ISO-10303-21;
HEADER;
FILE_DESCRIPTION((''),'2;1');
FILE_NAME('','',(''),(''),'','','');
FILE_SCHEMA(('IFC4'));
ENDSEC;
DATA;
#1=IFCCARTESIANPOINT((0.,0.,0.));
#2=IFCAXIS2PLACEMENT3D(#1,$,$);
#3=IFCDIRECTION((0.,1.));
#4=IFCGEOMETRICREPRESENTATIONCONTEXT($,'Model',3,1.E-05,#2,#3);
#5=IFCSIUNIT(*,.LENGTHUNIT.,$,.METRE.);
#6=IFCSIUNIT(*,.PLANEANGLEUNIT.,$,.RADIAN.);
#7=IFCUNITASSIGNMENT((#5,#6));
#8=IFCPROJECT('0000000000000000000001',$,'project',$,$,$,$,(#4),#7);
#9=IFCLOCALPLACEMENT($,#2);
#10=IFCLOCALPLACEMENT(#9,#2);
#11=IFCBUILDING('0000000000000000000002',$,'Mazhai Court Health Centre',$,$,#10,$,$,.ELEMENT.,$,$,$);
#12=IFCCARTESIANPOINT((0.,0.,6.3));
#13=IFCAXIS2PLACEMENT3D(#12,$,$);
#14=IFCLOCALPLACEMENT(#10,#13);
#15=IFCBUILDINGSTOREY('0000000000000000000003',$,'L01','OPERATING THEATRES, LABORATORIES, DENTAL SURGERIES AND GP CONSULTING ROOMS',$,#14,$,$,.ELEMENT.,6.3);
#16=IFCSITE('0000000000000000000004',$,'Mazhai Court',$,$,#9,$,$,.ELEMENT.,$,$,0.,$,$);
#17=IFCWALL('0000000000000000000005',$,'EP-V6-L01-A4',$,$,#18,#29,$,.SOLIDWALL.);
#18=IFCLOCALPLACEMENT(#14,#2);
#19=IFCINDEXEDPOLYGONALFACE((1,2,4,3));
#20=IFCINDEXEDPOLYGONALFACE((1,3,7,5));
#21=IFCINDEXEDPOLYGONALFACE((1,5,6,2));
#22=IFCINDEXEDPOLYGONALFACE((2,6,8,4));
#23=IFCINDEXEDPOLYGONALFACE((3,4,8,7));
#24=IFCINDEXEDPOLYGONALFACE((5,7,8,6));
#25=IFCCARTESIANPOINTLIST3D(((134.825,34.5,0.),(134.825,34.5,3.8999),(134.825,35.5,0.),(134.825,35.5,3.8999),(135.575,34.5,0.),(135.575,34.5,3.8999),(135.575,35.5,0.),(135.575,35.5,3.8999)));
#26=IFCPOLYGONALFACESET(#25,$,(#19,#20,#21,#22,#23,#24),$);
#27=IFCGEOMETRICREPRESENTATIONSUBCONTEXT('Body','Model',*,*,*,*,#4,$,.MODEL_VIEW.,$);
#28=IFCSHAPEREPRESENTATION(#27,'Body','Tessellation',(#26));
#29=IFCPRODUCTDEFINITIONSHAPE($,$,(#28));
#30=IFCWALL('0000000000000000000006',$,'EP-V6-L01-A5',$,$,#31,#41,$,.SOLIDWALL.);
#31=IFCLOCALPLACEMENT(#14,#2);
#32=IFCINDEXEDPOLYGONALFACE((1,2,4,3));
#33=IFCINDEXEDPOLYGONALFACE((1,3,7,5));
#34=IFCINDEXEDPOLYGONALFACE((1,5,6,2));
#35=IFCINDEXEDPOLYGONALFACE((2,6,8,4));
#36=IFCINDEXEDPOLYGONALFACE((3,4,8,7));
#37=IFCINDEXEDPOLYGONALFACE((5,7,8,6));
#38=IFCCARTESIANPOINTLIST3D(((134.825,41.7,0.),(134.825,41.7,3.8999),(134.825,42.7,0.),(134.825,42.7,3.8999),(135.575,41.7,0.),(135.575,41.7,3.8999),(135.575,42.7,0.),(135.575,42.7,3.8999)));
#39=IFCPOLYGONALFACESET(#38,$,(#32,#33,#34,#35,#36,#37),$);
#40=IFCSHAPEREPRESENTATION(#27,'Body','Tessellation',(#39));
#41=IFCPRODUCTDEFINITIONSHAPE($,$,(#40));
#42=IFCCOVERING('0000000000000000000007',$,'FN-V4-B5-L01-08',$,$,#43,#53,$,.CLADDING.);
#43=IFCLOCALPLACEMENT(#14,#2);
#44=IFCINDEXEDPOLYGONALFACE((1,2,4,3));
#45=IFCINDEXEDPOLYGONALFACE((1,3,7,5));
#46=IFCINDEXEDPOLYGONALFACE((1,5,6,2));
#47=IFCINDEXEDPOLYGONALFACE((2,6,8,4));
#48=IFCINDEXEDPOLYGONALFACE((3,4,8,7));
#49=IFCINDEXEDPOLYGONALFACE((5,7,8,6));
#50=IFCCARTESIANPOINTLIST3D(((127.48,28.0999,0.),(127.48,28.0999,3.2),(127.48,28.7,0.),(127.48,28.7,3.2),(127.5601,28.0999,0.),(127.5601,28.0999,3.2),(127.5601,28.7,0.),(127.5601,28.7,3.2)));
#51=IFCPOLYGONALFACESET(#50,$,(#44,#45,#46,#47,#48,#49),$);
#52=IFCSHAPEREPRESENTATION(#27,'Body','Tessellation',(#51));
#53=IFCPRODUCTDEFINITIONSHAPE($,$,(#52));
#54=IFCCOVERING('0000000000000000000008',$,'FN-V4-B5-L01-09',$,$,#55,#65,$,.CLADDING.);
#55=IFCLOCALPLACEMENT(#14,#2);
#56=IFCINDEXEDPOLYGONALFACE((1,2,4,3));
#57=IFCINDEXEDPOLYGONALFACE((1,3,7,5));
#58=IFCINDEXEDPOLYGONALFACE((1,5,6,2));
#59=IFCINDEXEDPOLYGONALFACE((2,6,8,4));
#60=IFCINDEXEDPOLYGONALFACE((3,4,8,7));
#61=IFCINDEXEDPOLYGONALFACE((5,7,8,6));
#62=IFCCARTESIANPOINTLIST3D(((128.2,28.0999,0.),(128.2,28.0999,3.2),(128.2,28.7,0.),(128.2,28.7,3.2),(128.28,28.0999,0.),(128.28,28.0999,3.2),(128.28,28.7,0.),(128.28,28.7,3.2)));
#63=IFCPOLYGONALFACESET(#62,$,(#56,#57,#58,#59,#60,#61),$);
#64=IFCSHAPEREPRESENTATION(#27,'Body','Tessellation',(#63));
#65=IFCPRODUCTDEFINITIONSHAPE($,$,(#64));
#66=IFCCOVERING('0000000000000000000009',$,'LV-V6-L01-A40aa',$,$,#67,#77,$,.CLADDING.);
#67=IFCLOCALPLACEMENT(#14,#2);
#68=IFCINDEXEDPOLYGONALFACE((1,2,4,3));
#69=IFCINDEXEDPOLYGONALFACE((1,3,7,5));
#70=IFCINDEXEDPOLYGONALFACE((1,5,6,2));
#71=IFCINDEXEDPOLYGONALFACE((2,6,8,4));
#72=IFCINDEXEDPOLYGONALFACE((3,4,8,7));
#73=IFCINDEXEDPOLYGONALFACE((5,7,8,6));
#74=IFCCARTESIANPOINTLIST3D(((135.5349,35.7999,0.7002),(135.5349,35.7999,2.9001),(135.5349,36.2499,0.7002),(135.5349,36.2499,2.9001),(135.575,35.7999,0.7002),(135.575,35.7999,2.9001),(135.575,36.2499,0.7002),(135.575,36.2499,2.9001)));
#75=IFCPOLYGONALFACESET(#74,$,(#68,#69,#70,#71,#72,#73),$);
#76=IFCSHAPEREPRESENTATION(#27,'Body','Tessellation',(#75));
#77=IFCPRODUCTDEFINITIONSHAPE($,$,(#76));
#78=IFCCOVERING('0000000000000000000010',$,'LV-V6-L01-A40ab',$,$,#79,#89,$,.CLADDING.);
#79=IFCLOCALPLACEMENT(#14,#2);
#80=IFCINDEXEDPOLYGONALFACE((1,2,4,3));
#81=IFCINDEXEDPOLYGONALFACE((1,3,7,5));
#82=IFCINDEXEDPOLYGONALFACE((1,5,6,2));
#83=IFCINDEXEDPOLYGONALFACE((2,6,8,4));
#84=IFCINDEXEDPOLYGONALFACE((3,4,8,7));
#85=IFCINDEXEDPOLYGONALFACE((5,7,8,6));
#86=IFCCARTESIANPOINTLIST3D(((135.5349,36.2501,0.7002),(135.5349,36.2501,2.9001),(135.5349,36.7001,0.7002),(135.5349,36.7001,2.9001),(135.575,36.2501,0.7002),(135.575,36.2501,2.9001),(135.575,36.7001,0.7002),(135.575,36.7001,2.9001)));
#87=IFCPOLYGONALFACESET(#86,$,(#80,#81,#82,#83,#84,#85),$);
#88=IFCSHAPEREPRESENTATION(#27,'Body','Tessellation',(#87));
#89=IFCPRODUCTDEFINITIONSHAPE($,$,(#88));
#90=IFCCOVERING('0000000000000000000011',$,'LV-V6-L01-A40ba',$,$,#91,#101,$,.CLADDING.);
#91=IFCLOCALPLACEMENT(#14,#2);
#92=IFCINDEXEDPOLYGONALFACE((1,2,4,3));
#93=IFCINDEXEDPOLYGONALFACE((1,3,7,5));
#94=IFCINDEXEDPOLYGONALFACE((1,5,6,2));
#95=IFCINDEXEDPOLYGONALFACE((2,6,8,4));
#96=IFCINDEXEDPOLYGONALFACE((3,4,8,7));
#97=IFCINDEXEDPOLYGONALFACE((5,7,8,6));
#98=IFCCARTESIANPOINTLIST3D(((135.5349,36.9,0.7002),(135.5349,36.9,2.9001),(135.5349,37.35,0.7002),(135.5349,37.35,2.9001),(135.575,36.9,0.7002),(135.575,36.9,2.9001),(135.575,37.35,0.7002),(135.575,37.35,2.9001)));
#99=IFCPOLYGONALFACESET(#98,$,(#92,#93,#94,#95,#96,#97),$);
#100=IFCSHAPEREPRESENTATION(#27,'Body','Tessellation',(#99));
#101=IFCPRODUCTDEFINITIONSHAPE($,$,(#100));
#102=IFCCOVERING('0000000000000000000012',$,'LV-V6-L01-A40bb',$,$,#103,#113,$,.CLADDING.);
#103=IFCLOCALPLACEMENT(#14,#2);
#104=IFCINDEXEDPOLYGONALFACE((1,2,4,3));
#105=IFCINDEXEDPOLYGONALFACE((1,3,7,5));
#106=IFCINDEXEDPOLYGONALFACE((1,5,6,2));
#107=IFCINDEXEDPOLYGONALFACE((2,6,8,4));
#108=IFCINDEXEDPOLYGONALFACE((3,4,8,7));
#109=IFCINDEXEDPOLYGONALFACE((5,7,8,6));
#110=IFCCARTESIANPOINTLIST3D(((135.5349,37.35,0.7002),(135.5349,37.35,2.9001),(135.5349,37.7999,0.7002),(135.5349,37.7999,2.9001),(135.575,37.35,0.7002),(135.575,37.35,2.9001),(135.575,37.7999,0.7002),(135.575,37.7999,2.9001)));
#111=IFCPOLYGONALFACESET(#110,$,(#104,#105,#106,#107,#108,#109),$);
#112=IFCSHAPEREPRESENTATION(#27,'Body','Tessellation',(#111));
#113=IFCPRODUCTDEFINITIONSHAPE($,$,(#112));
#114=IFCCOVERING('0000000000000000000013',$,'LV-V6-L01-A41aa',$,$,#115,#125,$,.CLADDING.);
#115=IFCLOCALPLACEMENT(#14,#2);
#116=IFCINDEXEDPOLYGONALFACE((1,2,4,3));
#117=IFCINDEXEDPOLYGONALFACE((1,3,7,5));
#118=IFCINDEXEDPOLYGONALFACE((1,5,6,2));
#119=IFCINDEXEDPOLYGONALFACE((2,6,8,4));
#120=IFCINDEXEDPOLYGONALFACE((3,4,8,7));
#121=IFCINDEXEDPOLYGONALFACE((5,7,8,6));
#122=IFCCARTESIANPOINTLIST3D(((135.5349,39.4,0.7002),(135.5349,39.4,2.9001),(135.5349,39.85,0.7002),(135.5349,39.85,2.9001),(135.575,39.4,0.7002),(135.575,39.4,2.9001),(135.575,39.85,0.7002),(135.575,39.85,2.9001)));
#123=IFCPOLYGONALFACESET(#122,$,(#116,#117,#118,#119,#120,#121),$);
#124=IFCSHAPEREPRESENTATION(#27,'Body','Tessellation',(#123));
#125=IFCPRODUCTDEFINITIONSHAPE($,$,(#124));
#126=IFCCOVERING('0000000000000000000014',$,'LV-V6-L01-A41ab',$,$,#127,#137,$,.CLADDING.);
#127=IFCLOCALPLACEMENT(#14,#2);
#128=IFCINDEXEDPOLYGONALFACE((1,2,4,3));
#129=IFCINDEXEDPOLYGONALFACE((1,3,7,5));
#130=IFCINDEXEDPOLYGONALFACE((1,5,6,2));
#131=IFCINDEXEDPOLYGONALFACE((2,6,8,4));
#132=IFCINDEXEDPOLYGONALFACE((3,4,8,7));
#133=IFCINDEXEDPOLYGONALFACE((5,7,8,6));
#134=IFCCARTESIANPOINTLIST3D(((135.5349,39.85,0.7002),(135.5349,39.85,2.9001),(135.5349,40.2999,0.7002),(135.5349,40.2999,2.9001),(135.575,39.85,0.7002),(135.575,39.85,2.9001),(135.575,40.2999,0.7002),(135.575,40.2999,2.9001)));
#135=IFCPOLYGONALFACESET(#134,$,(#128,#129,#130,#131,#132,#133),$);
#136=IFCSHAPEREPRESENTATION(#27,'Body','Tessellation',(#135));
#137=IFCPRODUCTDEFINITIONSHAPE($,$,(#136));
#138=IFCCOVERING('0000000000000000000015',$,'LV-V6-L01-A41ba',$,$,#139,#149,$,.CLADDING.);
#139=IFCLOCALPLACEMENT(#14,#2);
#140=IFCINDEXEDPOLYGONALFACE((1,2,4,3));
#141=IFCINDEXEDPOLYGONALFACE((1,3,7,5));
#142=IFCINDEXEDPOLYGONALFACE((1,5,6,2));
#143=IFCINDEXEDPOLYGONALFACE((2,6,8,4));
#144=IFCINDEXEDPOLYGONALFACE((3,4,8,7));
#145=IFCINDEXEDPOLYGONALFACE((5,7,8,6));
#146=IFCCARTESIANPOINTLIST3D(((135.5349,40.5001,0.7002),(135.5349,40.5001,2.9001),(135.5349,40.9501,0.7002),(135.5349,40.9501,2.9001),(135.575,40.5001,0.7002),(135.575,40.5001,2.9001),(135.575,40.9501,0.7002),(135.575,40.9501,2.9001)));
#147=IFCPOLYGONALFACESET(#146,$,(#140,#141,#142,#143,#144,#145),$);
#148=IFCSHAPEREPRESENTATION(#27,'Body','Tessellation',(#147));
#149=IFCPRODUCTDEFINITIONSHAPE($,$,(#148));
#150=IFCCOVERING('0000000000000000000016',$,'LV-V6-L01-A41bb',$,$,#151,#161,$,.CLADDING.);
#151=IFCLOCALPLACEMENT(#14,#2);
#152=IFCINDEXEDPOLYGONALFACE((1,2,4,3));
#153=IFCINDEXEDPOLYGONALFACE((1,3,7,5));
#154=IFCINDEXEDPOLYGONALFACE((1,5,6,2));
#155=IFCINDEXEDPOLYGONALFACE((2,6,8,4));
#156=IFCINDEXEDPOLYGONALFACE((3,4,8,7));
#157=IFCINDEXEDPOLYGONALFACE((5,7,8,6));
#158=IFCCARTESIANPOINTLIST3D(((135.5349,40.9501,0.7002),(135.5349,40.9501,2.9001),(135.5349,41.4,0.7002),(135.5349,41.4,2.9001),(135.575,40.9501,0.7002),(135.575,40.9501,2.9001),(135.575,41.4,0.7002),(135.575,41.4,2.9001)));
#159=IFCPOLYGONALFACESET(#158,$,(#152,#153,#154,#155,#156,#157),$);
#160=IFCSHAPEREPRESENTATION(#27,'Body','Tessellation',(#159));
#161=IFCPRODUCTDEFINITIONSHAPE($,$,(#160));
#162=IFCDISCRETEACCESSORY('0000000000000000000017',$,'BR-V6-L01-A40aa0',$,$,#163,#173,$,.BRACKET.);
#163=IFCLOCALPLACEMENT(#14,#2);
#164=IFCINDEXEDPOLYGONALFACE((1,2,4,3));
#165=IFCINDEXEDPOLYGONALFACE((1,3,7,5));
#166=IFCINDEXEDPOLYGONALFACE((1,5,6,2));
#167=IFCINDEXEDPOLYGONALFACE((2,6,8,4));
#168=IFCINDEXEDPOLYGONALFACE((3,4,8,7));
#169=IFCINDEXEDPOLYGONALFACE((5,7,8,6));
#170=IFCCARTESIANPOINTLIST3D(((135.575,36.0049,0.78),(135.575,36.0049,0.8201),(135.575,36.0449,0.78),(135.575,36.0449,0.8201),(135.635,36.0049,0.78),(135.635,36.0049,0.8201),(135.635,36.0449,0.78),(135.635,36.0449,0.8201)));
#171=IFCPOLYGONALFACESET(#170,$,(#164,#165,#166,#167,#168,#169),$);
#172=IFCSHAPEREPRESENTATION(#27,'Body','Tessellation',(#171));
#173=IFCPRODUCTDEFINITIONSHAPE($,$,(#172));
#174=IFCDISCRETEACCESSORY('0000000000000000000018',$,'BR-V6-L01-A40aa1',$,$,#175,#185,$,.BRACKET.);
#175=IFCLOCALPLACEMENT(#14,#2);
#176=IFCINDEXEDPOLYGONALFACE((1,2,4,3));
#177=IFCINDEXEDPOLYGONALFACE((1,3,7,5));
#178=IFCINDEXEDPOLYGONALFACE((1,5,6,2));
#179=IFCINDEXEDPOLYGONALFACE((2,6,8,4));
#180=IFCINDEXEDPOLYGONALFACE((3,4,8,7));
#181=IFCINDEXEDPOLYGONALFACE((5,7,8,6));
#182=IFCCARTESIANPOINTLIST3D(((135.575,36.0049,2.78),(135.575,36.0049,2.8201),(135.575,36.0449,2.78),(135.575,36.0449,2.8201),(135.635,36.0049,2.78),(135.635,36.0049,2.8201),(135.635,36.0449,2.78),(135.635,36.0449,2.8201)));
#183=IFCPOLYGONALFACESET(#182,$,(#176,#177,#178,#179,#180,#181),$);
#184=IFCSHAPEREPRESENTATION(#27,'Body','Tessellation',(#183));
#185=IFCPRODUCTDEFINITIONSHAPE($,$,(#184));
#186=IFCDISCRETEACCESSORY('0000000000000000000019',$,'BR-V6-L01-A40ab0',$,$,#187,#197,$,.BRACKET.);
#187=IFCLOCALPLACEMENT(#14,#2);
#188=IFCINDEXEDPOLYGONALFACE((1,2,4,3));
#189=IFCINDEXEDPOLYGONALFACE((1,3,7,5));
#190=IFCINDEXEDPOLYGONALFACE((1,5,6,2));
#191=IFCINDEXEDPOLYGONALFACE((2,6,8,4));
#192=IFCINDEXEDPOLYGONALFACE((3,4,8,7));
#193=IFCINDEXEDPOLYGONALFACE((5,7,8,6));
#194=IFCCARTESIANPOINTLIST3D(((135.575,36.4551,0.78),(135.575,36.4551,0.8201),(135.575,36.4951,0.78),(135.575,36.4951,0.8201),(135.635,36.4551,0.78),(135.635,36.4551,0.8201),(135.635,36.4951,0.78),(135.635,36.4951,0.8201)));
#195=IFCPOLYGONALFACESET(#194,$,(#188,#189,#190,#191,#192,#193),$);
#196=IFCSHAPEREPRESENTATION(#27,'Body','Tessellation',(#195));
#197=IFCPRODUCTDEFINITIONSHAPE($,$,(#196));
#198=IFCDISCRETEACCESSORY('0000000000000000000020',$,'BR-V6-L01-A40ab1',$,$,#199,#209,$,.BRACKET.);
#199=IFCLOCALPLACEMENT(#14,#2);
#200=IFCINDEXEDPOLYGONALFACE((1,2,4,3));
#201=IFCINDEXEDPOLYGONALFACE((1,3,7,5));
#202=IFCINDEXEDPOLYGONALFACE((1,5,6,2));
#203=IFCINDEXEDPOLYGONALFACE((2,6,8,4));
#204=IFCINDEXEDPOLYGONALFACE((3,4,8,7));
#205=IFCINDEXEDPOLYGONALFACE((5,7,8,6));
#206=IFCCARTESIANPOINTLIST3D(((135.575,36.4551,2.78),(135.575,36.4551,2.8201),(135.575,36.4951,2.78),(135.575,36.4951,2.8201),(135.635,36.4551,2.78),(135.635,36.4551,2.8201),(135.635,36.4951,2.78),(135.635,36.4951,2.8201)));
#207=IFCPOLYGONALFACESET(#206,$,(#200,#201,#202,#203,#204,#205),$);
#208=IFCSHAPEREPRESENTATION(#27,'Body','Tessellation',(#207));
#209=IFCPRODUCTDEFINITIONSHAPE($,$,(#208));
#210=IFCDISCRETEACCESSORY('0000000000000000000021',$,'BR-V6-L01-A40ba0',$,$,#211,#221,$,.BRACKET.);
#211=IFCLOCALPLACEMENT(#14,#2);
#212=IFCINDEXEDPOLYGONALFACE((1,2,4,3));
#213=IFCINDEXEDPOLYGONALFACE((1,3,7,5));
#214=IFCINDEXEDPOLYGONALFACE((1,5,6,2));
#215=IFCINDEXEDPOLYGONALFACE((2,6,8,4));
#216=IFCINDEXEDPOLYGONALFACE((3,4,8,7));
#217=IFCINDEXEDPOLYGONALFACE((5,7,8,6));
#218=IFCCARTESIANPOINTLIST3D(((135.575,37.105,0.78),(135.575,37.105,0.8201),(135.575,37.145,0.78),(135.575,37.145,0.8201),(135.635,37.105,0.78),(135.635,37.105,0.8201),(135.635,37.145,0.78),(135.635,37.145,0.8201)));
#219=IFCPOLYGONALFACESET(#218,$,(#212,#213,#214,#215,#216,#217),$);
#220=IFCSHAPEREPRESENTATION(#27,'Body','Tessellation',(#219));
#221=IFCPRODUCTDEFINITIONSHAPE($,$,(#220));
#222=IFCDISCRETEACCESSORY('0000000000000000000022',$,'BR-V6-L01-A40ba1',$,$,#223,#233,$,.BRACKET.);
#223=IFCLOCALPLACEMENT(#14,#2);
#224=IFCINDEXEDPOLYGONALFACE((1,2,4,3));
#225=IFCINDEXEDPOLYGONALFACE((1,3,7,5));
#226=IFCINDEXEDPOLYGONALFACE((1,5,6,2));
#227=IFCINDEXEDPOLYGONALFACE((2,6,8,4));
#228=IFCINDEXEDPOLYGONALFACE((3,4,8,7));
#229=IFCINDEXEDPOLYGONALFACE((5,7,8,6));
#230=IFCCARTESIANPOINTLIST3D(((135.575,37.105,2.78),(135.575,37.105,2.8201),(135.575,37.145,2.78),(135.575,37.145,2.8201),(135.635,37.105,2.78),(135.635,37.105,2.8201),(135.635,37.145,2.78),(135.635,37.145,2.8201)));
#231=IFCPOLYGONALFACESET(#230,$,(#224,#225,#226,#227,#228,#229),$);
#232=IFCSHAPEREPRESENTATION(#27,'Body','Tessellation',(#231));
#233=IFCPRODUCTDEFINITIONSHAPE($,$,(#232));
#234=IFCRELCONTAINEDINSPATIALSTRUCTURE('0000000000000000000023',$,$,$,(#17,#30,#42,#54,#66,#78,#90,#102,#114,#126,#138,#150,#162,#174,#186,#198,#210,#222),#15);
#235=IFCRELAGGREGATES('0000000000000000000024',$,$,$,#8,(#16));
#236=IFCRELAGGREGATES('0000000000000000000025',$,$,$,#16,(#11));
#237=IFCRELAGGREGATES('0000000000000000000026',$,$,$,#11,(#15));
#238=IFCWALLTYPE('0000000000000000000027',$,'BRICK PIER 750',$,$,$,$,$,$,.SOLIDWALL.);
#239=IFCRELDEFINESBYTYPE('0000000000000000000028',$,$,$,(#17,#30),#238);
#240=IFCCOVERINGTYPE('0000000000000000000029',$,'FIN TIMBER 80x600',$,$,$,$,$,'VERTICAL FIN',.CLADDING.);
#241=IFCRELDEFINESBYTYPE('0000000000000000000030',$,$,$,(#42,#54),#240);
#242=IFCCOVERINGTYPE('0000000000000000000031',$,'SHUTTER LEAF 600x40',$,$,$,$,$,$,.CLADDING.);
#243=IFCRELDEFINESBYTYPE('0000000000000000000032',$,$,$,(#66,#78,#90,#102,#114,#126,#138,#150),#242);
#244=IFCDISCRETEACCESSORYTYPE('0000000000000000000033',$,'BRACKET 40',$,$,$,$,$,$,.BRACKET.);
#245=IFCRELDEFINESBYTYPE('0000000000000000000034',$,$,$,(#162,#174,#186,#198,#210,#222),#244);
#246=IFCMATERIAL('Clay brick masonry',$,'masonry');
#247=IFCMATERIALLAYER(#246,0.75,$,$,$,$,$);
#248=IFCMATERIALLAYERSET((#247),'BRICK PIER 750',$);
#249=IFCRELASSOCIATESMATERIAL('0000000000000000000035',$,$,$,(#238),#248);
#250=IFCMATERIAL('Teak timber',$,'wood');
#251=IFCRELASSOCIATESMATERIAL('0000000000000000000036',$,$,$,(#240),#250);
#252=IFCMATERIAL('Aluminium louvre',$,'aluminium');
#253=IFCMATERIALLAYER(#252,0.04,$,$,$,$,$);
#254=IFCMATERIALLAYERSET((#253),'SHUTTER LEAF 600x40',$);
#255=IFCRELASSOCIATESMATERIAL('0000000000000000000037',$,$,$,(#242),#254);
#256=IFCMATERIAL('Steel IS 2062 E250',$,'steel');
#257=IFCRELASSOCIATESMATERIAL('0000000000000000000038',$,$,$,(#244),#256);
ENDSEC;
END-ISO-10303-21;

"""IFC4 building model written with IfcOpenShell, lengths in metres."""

from ifc_helpers import new_model, si_unit, direction, frame, frame_2d, origin, origin_2d, place, context, subcontext, project, spatial, rectangle, extrude, material, layer, layer_set, type_object, element, save


model = new_model("IFC4")

# Units and contexts
model_context = context("Model", 3, precision=1e-05, world=origin(), true_north=direction((0.0, 1.0)))
body_context = subcontext(model_context, "Body", "Model", "MODEL_VIEW")
ifc_project = project(units=[si_unit("LENGTHUNIT", "METRE"), si_unit("PLANEANGLEUNIT", "RADIAN")], contexts=[model_context])

# Site, building, storey
site_placement = place(None, origin())
site = spatial("IfcSite", under=ifc_project, at=site_placement, Name="Mazhai Court", CompositionType="ELEMENT", RefElevation=0.0)
building_placement = place(site_placement, origin())
building = spatial("IfcBuilding", under=site, at=building_placement, Name="Mazhai Court Health Centre", CompositionType="ELEMENT")
storey_placement = place(building_placement, frame((0.0, 0.0, 6.3)))
storey = spatial("IfcBuildingStorey", under=building, at=storey_placement, Name="L01", Description="OPERATING THEATRES, LABORATORIES, DENTAL SURGERIES AND GP CONSULTING ROOMS", CompositionType="ELEMENT", Elevation=6.3)

# Walls
ifc_material_1 = material(Name="Clay brick masonry", Category="masonry")
ifc_layer_1 = layer(ifc_material_1, 0.75)
ifc_layer_set_1 = layer_set([ifc_layer_1], Name="BRICK PIER 750")
wall_type = type_object("IfcWallType", Name="BRICK PIER 750", PredefinedType="SOLIDWALL", material=ifc_layer_set_1)
for number, where, z_axis, x_axis, name in (
    (1, (135.2, 34.5, 0.0), (0.0, 0.0, 1.0), (0.0, 1.0, 0.0), "EP-V6-L01-A4"),
    (2, (135.2, 41.7, 0.0), (0.0, 0.0, 1.0), (0.0, 1.0, 0.0), "EP-V6-L01-A5"),
):
    element("IfcWall", number, at=place(storey_placement, frame(where, z_axis=z_axis, x_axis=x_axis)), inside=storey, type_object=wall_type, Name=name, PredefinedType="SOLIDWALL", context=body_context, shape_type="SweptSolid", body=[
        extrude(rectangle(XDim=1.0, YDim=0.75, at=frame_2d((0.5, 0.0))), origin(), (0.0, 0.0, 1.0), 3.8999),
    ])

# Coverings
ifc_material_2 = material(Name="Teak timber", Category="wood")
covering_type_1 = type_object("IfcCoveringType", Name="FIN TIMBER 80x600", ElementType="VERTICAL FIN", PredefinedType="CLADDING", material=ifc_material_2)
for number, where, z_axis, x_axis, name in (
    (3, (127.52, 28.3999, 0.0), (0.0, 0.0, 1.0), (1.0, 0.0, 0.0), "FN-V4-B5-L01-08"),
    (4, (128.24, 28.3999, 0.0), (0.0, 0.0, 1.0), (1.0, 0.0, 0.0), "FN-V4-B5-L01-09"),
):
    element("IfcCovering", number, at=place(storey_placement, frame(where, z_axis=z_axis, x_axis=x_axis)), inside=storey, type_object=covering_type_1, Name=name, PredefinedType="CLADDING", context=body_context, shape_type="SweptSolid", body=[
        extrude(rectangle(XDim=0.0801, YDim=0.6001, at=origin_2d()), origin(), (0.0, 0.0, 1.0), 3.2),
    ])
ifc_material_3 = material(Name="Aluminium louvre", Category="aluminium")
ifc_layer_2 = layer(ifc_material_3, 0.04)
ifc_layer_set_2 = layer_set([ifc_layer_2], Name="SHUTTER LEAF 600x40")
covering_type_2 = type_object("IfcCoveringType", Name="SHUTTER LEAF 600x40", PredefinedType="CLADDING", material=ifc_layer_set_2)
for number, where, z_axis, x_axis, name in (
    (5, (135.5549, 36.0249, 0.7002), (0.0, 0.0, 1.0), (0.0, 1.0, 0.0), "LV-V6-L01-A40aa"),
    (6, (135.5549, 36.4751, 0.7002), (0.0, 0.0, 1.0), (0.0, 1.0, 0.0), "LV-V6-L01-A40ab"),
    (7, (135.5549, 37.125, 0.7002), (0.0, 0.0, 1.0), (0.0, 1.0, 0.0), "LV-V6-L01-A40ba"),
    (8, (135.5549, 37.575, 0.7002), (0.0, 0.0, 1.0), (0.0, 1.0, 0.0), "LV-V6-L01-A40bb"),
    (9, (135.5549, 39.625, 0.7002), (0.0, 0.0, 1.0), (0.0, 1.0, 0.0), "LV-V6-L01-A41aa"),
    (10, (135.5549, 40.075, 0.7002), (0.0, 0.0, 1.0), (0.0, 1.0, 0.0), "LV-V6-L01-A41ab"),
    (11, (135.5549, 40.7251, 0.7002), (0.0, 0.0, 1.0), (0.0, 1.0, 0.0), "LV-V6-L01-A41ba"),
    (12, (135.5549, 41.175, 0.7002), (0.0, 0.0, 1.0), (0.0, 1.0, 0.0), "LV-V6-L01-A41bb"),
):
    element("IfcCovering", number, at=place(storey_placement, frame(where, z_axis=z_axis, x_axis=x_axis)), inside=storey, type_object=covering_type_2, Name=name, PredefinedType="CLADDING", context=body_context, shape_type="SweptSolid", body=[
        extrude(rectangle(XDim=0.45, YDim=0.04, at=origin_2d()), origin(), (0.0, 0.0, 1.0), 2.2),
    ])

# Discrete accessories
ifc_material_4 = material(Name="Steel IS 2062 E250", Category="steel")
discrete_accessory_type = type_object("IfcDiscreteAccessoryType", Name="BRACKET 40", PredefinedType="BRACKET", material=ifc_material_4)
for number, where, z_axis, x_axis, name in (
    (13, (135.605, 36.0249, 0.78), (0.0, 0.0, 1.0), (0.0, 1.0, 0.0), "BR-V6-L01-A40aa0"),
    (14, (135.605, 36.0249, 2.78), (0.0, 0.0, 1.0), (0.0, 1.0, 0.0), "BR-V6-L01-A40aa1"),
    (15, (135.605, 36.4751, 0.78), (0.0, 0.0, 1.0), (0.0, 1.0, 0.0), "BR-V6-L01-A40ab0"),
    (16, (135.605, 36.4751, 2.78), (0.0, 0.0, 1.0), (0.0, 1.0, 0.0), "BR-V6-L01-A40ab1"),
    (17, (135.605, 37.125, 0.78), (0.0, 0.0, 1.0), (0.0, 1.0, 0.0), "BR-V6-L01-A40ba0"),
    (18, (135.605, 37.125, 2.78), (0.0, 0.0, 1.0), (0.0, 1.0, 0.0), "BR-V6-L01-A40ba1"),
):
    element("IfcDiscreteAccessory", number, at=place(storey_placement, frame(where, z_axis=z_axis, x_axis=x_axis)), inside=storey, type_object=discrete_accessory_type, Name=name, PredefinedType="BRACKET", context=body_context, shape_type="SweptSolid", body=[
        extrude(rectangle(XDim=0.04, YDim=0.0601, at=origin_2d()), origin(), (0.0, 0.0, 1.0), 0.04),
    ])

save(model, "model.ifc")
